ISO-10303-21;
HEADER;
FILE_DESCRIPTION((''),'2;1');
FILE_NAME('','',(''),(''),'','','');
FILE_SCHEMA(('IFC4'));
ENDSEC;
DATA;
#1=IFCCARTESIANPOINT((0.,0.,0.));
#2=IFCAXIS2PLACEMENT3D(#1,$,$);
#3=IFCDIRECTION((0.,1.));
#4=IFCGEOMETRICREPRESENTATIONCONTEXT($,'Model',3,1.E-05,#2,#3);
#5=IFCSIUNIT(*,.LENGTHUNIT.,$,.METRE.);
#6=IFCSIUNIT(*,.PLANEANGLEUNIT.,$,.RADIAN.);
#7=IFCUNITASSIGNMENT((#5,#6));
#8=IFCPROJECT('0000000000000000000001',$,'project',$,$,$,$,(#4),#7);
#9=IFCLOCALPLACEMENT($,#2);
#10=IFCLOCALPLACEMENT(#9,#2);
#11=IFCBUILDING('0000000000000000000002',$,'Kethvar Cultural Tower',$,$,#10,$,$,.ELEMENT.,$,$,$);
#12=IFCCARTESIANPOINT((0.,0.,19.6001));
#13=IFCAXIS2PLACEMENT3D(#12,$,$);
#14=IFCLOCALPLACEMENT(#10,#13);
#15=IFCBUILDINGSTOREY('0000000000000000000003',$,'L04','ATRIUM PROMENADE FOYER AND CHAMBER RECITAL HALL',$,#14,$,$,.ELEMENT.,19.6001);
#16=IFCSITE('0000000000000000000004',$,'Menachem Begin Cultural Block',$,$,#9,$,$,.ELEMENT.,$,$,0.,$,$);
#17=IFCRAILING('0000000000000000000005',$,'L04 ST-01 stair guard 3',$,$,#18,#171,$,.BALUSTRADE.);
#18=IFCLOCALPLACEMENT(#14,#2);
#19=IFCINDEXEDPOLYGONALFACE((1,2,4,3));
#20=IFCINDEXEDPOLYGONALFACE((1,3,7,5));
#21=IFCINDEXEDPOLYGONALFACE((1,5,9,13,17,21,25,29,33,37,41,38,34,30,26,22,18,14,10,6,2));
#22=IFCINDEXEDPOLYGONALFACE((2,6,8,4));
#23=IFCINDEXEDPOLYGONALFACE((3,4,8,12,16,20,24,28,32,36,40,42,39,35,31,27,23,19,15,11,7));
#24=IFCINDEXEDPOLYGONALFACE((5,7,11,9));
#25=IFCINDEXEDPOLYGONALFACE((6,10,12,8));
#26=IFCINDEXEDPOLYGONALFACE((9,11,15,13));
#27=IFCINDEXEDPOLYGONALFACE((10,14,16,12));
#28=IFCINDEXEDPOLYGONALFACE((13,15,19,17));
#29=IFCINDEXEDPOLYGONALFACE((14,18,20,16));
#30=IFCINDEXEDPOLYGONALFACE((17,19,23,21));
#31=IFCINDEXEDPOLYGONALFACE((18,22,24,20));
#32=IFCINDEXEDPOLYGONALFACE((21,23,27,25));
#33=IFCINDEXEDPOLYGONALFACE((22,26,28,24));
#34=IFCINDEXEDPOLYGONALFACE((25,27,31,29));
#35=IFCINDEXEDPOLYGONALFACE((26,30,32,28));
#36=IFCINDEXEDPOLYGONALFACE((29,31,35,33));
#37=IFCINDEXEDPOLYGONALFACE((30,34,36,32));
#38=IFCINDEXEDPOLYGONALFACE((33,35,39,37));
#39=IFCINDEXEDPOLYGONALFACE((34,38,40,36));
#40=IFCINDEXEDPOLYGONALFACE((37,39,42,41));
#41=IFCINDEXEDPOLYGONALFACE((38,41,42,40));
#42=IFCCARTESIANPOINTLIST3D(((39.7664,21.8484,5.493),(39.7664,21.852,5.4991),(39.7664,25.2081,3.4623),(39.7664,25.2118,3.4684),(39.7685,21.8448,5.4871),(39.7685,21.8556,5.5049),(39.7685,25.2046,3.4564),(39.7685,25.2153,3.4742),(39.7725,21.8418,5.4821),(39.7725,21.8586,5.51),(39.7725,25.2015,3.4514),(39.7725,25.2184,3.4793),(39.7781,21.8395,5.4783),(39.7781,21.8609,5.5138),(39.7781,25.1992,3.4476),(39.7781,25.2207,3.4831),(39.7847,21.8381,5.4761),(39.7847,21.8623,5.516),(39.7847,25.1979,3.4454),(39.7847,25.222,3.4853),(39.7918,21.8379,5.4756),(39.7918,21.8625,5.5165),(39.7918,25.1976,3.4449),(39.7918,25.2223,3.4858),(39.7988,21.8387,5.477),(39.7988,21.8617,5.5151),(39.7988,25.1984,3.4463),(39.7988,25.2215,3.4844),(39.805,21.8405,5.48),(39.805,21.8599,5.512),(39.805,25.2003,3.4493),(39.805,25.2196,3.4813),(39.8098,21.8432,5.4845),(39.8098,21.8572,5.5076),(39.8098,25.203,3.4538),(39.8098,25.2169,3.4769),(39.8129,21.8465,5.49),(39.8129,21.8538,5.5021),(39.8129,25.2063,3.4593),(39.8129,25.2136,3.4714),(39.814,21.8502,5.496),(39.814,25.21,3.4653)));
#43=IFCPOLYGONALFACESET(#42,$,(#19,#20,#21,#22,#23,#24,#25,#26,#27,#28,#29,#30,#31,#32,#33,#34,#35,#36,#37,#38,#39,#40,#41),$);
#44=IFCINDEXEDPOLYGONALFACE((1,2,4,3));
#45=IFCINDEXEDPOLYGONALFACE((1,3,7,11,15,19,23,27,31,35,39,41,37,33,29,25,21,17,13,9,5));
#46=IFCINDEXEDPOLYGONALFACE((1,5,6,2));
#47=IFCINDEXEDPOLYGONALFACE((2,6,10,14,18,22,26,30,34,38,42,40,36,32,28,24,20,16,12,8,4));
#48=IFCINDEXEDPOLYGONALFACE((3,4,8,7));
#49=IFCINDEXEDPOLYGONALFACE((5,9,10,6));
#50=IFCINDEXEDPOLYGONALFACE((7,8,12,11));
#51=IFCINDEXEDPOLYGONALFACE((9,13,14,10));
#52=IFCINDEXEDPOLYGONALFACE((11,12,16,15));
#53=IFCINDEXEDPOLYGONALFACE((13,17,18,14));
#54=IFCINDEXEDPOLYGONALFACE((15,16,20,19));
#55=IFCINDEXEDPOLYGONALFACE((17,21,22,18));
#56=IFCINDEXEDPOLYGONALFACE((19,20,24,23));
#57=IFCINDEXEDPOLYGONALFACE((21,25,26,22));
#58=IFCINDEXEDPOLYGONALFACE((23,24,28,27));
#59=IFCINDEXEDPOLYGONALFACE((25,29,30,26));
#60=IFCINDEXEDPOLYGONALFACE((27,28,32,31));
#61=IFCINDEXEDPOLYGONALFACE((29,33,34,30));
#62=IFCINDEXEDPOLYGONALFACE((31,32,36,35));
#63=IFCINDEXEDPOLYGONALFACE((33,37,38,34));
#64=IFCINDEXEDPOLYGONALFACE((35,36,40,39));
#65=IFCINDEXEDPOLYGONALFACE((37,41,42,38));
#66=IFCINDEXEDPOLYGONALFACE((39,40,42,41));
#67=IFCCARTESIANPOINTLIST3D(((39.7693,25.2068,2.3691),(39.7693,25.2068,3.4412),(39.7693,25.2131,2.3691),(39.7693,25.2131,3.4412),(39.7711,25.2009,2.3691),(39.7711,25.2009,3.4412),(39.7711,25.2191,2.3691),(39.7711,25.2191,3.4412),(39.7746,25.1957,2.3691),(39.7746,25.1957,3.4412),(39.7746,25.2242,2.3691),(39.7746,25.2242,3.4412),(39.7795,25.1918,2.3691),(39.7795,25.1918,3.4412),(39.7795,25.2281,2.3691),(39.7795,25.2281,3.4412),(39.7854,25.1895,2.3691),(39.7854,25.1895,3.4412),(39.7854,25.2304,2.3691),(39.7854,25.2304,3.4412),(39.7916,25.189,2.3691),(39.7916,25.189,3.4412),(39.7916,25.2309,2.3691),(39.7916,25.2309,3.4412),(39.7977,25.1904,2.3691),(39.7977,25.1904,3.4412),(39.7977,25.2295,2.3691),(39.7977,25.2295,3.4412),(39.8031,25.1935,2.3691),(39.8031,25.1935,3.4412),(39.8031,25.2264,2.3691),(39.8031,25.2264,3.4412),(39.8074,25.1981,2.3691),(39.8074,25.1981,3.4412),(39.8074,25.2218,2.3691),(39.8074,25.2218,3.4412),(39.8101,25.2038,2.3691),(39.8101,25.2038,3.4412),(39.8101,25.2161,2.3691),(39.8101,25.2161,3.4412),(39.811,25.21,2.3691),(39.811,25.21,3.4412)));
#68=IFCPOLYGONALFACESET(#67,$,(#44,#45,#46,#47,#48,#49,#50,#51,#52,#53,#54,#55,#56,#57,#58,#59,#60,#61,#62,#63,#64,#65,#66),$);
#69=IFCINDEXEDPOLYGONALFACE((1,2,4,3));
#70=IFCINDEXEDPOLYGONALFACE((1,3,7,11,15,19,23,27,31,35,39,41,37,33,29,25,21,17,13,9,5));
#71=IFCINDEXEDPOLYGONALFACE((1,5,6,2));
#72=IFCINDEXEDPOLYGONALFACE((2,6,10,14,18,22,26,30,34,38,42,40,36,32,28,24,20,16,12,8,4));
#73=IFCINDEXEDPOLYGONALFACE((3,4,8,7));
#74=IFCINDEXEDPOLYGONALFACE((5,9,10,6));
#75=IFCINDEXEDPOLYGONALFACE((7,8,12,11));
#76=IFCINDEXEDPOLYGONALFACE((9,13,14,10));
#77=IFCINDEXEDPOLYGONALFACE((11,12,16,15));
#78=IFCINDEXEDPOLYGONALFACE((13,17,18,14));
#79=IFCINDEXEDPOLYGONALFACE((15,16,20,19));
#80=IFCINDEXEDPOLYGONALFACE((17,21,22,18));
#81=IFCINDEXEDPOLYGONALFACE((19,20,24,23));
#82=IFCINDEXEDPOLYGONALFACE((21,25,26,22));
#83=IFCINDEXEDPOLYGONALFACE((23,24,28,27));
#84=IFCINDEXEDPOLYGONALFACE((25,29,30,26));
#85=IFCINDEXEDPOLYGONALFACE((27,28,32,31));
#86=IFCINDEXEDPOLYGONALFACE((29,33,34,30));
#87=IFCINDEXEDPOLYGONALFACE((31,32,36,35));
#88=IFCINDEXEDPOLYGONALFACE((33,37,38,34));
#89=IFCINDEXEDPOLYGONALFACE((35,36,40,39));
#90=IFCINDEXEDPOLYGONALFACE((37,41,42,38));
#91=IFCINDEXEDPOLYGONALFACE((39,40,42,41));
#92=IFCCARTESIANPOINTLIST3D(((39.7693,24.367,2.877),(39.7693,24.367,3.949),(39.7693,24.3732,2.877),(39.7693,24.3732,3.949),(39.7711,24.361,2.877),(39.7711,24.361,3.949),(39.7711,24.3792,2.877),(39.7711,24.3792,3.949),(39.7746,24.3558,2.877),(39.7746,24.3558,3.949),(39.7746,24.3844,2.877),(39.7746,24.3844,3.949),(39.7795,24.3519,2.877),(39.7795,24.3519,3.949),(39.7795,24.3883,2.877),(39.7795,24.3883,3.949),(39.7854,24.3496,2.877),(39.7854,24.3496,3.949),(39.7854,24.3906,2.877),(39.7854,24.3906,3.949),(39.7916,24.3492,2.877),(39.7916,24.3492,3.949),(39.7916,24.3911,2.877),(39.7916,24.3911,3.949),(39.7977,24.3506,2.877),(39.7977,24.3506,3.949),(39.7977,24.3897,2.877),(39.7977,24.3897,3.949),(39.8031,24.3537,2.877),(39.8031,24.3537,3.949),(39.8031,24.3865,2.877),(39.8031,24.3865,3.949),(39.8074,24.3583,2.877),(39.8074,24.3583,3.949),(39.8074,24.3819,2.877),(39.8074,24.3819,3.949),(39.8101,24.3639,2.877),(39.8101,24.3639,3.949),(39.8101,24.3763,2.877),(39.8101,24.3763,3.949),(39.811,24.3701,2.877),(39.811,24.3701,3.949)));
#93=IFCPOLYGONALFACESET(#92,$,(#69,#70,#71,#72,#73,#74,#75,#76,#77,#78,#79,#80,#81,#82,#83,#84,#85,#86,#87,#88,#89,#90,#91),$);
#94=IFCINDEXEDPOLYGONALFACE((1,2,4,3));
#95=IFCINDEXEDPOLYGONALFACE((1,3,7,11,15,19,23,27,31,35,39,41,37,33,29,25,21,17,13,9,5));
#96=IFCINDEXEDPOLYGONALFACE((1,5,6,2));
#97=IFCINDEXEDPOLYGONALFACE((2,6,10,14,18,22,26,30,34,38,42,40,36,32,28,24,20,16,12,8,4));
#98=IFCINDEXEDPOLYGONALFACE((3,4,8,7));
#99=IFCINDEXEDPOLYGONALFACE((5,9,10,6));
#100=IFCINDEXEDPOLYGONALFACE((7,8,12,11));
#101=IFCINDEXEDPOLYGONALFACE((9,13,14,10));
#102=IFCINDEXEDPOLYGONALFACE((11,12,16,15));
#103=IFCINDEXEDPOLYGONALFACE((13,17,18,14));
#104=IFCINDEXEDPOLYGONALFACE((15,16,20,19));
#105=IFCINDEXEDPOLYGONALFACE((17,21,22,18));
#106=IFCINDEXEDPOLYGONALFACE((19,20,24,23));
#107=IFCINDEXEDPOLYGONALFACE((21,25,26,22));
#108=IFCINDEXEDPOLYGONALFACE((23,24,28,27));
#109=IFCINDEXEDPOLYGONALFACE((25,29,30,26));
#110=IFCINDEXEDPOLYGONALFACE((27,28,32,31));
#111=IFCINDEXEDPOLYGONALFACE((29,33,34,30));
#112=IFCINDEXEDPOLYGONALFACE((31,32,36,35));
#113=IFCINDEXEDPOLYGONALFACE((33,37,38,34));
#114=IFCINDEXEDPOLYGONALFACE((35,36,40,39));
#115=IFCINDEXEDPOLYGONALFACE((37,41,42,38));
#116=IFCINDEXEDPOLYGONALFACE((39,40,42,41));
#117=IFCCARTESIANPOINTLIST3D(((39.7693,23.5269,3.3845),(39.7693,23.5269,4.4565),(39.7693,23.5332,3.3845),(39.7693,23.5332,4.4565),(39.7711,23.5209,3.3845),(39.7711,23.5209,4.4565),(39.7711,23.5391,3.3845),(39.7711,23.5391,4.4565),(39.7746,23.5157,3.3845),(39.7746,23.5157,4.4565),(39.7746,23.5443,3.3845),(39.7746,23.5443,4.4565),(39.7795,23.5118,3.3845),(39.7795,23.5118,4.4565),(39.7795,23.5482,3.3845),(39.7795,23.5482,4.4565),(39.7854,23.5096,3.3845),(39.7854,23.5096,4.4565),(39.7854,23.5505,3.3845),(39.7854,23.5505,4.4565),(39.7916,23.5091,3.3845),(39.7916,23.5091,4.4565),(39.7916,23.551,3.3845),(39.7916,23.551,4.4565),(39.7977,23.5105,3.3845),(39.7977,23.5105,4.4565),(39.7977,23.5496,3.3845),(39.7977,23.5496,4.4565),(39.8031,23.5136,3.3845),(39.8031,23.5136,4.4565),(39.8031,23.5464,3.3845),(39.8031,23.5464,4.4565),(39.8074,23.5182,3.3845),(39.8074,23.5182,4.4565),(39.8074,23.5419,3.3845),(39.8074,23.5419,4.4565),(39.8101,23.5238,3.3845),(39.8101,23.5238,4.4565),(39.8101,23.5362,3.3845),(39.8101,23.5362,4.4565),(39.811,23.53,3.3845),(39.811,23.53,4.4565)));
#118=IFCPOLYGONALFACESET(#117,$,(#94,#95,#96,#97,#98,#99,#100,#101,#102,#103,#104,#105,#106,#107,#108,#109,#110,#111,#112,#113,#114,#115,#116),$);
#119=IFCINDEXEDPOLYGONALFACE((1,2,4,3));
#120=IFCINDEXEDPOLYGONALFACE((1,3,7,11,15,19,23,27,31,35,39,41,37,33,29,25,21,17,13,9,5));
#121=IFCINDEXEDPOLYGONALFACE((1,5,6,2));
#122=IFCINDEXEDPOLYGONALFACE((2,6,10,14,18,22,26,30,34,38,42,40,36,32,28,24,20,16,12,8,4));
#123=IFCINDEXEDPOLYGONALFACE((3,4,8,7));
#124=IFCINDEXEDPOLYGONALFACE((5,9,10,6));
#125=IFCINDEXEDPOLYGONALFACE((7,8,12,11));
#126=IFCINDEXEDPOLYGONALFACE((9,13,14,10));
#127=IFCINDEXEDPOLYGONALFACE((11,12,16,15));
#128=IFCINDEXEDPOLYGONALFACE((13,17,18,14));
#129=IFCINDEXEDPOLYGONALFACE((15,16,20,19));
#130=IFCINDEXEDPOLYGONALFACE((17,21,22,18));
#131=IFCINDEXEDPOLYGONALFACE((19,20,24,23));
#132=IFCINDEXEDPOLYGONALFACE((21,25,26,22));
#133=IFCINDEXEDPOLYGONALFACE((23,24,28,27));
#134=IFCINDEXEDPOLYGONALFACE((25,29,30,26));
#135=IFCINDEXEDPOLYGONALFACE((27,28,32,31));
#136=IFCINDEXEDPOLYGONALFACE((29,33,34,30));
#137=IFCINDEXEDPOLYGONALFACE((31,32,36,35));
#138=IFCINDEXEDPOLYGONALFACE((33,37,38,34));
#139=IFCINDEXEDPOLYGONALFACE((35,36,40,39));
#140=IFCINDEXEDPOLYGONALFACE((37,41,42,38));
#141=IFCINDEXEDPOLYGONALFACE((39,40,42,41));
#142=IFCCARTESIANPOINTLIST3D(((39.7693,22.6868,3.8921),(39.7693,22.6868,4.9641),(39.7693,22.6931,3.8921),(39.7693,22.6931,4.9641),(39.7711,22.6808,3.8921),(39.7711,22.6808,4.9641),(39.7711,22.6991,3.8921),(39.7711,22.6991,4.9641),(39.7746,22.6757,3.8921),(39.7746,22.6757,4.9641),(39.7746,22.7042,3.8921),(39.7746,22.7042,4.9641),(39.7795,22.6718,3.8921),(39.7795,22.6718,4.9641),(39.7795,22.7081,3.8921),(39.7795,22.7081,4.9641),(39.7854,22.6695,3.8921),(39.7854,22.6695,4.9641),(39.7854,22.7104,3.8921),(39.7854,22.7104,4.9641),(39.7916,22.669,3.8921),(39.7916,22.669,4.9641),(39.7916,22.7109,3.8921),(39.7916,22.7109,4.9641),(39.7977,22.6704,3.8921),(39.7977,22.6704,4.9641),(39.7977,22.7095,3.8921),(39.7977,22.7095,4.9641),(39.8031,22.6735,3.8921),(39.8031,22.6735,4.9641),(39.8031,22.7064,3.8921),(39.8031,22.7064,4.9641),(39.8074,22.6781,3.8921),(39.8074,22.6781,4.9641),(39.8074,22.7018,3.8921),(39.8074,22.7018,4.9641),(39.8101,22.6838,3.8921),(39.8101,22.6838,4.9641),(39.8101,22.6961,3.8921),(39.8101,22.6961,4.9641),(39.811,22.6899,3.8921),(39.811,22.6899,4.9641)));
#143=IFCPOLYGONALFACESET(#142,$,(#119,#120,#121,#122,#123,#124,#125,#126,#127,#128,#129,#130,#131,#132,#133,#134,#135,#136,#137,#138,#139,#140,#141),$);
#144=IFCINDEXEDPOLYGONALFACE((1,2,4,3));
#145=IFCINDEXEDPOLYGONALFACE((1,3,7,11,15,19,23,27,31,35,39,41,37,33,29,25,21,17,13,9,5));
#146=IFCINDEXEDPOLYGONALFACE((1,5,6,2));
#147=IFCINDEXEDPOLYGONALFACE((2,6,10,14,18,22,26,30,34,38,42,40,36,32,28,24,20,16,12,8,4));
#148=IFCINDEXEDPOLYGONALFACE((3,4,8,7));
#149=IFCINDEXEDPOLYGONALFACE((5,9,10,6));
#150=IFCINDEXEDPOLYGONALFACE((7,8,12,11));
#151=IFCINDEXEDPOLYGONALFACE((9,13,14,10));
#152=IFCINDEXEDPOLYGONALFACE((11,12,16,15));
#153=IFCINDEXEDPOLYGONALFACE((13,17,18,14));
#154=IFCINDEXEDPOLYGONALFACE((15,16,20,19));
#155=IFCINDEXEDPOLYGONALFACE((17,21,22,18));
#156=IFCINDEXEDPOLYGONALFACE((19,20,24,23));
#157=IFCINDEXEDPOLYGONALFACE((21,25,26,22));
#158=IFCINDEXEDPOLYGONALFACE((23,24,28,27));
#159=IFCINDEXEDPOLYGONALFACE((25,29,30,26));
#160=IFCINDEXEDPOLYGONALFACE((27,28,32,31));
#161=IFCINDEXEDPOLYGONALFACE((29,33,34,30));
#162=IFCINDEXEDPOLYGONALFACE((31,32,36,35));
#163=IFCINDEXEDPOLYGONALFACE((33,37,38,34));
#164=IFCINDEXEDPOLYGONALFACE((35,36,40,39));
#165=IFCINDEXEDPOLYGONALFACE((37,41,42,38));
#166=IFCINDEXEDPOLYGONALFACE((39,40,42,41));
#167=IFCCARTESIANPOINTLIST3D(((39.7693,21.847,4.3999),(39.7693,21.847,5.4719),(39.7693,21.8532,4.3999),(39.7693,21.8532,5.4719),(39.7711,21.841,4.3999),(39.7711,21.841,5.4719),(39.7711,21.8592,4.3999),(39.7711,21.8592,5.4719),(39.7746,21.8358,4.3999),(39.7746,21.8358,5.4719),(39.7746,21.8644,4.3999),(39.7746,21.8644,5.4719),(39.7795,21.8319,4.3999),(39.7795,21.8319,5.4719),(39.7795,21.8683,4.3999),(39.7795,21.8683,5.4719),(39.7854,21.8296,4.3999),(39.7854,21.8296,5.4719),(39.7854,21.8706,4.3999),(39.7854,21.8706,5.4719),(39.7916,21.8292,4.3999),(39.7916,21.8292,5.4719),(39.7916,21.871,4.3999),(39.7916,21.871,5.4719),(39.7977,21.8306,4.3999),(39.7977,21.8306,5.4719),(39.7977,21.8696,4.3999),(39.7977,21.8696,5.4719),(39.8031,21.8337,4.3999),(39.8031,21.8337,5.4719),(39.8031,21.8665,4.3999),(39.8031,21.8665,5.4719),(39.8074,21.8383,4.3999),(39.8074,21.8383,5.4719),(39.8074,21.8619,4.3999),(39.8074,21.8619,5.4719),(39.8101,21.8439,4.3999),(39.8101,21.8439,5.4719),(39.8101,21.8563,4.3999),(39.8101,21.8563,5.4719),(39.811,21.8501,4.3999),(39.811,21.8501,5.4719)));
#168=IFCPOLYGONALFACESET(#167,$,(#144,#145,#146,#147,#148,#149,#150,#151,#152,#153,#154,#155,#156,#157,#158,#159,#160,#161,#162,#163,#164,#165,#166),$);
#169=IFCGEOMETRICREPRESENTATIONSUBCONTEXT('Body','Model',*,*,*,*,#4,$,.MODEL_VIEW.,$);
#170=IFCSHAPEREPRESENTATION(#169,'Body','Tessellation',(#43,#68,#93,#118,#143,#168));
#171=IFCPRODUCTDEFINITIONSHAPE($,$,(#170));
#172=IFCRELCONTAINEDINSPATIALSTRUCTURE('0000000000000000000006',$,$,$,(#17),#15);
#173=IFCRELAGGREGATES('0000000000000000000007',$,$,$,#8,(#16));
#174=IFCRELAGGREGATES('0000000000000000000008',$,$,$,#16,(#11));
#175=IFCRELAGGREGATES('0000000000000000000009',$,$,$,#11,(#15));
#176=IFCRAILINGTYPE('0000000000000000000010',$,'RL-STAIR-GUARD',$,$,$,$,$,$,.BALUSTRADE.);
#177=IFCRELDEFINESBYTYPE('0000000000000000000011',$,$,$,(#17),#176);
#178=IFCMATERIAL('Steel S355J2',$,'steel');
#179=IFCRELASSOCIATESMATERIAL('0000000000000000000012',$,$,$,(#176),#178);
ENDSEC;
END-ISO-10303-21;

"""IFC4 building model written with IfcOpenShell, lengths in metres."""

from ifc_helpers import new_model, si_unit, direction, frame, origin, origin_2d, place, context, subcontext, project, spatial, circle, extrude, material, type_object, element, save


model = new_model("IFC4")

# Units and contexts
model_context = context("Model", 3, precision=1e-05, world=origin(), true_north=direction((0.0, 1.0)))
body_context = subcontext(model_context, "Body", "Model", "MODEL_VIEW")
ifc_project = project(units=[si_unit("LENGTHUNIT", "METRE"), si_unit("PLANEANGLEUNIT", "RADIAN")], contexts=[model_context])

# Site, building, storey
site_placement = place(None, origin())
site = spatial("IfcSite", under=ifc_project, at=site_placement, Name="Menachem Begin Cultural Block", CompositionType="ELEMENT", RefElevation=0.0)
building_placement = place(site_placement, origin())
building = spatial("IfcBuilding", under=site, at=building_placement, Name="Kethvar Cultural Tower", CompositionType="ELEMENT")
storey_placement = place(building_placement, frame((0.0, 0.0, 19.6001)))
storey = spatial("IfcBuildingStorey", under=building, at=storey_placement, Name="L04", Description="ATRIUM PROMENADE FOYER AND CHAMBER RECITAL HALL", CompositionType="ELEMENT", Elevation=19.6001)

# Shared definitions
ifc_material_1 = material(Name="Steel S355J2", Category="steel")

# Railing
railing_type_1 = type_object("IfcRailingType", Name="RL-STAIR-GUARD", PredefinedType="BALUSTRADE", material=ifc_material_1)
railing_1_placement = place(storey_placement, frame((39.79, 25.21, 2.3691)))
element("IfcRailing", 1, at=railing_1_placement, inside=storey, type_object=railing_type_1, Name="L04 ST-01 stair guard 3", PredefinedType="BALUSTRADE", context=body_context, shape_type="SweptSolid", body=[
    extrude(circle(Radius=0.0239, at=origin_2d()), frame((0.0, 0.0, 1.0962), z_axis=(0.0, -0.85582, 0.517273), x_axis=(1.0, 0.0, 0.0)), (0.0, 0.0, 1.0), 3.9258),
    extrude(circle(Radius=0.021, at=origin_2d()), origin(), (0.0, 0.0, 1.0), 1.072),
    extrude(circle(Radius=0.021, at=origin_2d()), frame((0.0, -0.8398, 0.5078)), (0.0, 0.0, 1.0), 1.072),
    extrude(circle(Radius=0.021, at=origin_2d()), frame((0.0, -1.6799, 1.0154)), (0.0, 0.0, 1.0), 1.072),
    extrude(circle(Radius=0.021, at=origin_2d()), frame((0.0, -2.52, 1.5229)), (0.0, 0.0, 1.0), 1.072),
    extrude(circle(Radius=0.021, at=origin_2d()), frame((0.0, -3.3599, 2.0308)), (0.0, 0.0, 1.0), 1.072),
])

save(model, "model.ifc")
